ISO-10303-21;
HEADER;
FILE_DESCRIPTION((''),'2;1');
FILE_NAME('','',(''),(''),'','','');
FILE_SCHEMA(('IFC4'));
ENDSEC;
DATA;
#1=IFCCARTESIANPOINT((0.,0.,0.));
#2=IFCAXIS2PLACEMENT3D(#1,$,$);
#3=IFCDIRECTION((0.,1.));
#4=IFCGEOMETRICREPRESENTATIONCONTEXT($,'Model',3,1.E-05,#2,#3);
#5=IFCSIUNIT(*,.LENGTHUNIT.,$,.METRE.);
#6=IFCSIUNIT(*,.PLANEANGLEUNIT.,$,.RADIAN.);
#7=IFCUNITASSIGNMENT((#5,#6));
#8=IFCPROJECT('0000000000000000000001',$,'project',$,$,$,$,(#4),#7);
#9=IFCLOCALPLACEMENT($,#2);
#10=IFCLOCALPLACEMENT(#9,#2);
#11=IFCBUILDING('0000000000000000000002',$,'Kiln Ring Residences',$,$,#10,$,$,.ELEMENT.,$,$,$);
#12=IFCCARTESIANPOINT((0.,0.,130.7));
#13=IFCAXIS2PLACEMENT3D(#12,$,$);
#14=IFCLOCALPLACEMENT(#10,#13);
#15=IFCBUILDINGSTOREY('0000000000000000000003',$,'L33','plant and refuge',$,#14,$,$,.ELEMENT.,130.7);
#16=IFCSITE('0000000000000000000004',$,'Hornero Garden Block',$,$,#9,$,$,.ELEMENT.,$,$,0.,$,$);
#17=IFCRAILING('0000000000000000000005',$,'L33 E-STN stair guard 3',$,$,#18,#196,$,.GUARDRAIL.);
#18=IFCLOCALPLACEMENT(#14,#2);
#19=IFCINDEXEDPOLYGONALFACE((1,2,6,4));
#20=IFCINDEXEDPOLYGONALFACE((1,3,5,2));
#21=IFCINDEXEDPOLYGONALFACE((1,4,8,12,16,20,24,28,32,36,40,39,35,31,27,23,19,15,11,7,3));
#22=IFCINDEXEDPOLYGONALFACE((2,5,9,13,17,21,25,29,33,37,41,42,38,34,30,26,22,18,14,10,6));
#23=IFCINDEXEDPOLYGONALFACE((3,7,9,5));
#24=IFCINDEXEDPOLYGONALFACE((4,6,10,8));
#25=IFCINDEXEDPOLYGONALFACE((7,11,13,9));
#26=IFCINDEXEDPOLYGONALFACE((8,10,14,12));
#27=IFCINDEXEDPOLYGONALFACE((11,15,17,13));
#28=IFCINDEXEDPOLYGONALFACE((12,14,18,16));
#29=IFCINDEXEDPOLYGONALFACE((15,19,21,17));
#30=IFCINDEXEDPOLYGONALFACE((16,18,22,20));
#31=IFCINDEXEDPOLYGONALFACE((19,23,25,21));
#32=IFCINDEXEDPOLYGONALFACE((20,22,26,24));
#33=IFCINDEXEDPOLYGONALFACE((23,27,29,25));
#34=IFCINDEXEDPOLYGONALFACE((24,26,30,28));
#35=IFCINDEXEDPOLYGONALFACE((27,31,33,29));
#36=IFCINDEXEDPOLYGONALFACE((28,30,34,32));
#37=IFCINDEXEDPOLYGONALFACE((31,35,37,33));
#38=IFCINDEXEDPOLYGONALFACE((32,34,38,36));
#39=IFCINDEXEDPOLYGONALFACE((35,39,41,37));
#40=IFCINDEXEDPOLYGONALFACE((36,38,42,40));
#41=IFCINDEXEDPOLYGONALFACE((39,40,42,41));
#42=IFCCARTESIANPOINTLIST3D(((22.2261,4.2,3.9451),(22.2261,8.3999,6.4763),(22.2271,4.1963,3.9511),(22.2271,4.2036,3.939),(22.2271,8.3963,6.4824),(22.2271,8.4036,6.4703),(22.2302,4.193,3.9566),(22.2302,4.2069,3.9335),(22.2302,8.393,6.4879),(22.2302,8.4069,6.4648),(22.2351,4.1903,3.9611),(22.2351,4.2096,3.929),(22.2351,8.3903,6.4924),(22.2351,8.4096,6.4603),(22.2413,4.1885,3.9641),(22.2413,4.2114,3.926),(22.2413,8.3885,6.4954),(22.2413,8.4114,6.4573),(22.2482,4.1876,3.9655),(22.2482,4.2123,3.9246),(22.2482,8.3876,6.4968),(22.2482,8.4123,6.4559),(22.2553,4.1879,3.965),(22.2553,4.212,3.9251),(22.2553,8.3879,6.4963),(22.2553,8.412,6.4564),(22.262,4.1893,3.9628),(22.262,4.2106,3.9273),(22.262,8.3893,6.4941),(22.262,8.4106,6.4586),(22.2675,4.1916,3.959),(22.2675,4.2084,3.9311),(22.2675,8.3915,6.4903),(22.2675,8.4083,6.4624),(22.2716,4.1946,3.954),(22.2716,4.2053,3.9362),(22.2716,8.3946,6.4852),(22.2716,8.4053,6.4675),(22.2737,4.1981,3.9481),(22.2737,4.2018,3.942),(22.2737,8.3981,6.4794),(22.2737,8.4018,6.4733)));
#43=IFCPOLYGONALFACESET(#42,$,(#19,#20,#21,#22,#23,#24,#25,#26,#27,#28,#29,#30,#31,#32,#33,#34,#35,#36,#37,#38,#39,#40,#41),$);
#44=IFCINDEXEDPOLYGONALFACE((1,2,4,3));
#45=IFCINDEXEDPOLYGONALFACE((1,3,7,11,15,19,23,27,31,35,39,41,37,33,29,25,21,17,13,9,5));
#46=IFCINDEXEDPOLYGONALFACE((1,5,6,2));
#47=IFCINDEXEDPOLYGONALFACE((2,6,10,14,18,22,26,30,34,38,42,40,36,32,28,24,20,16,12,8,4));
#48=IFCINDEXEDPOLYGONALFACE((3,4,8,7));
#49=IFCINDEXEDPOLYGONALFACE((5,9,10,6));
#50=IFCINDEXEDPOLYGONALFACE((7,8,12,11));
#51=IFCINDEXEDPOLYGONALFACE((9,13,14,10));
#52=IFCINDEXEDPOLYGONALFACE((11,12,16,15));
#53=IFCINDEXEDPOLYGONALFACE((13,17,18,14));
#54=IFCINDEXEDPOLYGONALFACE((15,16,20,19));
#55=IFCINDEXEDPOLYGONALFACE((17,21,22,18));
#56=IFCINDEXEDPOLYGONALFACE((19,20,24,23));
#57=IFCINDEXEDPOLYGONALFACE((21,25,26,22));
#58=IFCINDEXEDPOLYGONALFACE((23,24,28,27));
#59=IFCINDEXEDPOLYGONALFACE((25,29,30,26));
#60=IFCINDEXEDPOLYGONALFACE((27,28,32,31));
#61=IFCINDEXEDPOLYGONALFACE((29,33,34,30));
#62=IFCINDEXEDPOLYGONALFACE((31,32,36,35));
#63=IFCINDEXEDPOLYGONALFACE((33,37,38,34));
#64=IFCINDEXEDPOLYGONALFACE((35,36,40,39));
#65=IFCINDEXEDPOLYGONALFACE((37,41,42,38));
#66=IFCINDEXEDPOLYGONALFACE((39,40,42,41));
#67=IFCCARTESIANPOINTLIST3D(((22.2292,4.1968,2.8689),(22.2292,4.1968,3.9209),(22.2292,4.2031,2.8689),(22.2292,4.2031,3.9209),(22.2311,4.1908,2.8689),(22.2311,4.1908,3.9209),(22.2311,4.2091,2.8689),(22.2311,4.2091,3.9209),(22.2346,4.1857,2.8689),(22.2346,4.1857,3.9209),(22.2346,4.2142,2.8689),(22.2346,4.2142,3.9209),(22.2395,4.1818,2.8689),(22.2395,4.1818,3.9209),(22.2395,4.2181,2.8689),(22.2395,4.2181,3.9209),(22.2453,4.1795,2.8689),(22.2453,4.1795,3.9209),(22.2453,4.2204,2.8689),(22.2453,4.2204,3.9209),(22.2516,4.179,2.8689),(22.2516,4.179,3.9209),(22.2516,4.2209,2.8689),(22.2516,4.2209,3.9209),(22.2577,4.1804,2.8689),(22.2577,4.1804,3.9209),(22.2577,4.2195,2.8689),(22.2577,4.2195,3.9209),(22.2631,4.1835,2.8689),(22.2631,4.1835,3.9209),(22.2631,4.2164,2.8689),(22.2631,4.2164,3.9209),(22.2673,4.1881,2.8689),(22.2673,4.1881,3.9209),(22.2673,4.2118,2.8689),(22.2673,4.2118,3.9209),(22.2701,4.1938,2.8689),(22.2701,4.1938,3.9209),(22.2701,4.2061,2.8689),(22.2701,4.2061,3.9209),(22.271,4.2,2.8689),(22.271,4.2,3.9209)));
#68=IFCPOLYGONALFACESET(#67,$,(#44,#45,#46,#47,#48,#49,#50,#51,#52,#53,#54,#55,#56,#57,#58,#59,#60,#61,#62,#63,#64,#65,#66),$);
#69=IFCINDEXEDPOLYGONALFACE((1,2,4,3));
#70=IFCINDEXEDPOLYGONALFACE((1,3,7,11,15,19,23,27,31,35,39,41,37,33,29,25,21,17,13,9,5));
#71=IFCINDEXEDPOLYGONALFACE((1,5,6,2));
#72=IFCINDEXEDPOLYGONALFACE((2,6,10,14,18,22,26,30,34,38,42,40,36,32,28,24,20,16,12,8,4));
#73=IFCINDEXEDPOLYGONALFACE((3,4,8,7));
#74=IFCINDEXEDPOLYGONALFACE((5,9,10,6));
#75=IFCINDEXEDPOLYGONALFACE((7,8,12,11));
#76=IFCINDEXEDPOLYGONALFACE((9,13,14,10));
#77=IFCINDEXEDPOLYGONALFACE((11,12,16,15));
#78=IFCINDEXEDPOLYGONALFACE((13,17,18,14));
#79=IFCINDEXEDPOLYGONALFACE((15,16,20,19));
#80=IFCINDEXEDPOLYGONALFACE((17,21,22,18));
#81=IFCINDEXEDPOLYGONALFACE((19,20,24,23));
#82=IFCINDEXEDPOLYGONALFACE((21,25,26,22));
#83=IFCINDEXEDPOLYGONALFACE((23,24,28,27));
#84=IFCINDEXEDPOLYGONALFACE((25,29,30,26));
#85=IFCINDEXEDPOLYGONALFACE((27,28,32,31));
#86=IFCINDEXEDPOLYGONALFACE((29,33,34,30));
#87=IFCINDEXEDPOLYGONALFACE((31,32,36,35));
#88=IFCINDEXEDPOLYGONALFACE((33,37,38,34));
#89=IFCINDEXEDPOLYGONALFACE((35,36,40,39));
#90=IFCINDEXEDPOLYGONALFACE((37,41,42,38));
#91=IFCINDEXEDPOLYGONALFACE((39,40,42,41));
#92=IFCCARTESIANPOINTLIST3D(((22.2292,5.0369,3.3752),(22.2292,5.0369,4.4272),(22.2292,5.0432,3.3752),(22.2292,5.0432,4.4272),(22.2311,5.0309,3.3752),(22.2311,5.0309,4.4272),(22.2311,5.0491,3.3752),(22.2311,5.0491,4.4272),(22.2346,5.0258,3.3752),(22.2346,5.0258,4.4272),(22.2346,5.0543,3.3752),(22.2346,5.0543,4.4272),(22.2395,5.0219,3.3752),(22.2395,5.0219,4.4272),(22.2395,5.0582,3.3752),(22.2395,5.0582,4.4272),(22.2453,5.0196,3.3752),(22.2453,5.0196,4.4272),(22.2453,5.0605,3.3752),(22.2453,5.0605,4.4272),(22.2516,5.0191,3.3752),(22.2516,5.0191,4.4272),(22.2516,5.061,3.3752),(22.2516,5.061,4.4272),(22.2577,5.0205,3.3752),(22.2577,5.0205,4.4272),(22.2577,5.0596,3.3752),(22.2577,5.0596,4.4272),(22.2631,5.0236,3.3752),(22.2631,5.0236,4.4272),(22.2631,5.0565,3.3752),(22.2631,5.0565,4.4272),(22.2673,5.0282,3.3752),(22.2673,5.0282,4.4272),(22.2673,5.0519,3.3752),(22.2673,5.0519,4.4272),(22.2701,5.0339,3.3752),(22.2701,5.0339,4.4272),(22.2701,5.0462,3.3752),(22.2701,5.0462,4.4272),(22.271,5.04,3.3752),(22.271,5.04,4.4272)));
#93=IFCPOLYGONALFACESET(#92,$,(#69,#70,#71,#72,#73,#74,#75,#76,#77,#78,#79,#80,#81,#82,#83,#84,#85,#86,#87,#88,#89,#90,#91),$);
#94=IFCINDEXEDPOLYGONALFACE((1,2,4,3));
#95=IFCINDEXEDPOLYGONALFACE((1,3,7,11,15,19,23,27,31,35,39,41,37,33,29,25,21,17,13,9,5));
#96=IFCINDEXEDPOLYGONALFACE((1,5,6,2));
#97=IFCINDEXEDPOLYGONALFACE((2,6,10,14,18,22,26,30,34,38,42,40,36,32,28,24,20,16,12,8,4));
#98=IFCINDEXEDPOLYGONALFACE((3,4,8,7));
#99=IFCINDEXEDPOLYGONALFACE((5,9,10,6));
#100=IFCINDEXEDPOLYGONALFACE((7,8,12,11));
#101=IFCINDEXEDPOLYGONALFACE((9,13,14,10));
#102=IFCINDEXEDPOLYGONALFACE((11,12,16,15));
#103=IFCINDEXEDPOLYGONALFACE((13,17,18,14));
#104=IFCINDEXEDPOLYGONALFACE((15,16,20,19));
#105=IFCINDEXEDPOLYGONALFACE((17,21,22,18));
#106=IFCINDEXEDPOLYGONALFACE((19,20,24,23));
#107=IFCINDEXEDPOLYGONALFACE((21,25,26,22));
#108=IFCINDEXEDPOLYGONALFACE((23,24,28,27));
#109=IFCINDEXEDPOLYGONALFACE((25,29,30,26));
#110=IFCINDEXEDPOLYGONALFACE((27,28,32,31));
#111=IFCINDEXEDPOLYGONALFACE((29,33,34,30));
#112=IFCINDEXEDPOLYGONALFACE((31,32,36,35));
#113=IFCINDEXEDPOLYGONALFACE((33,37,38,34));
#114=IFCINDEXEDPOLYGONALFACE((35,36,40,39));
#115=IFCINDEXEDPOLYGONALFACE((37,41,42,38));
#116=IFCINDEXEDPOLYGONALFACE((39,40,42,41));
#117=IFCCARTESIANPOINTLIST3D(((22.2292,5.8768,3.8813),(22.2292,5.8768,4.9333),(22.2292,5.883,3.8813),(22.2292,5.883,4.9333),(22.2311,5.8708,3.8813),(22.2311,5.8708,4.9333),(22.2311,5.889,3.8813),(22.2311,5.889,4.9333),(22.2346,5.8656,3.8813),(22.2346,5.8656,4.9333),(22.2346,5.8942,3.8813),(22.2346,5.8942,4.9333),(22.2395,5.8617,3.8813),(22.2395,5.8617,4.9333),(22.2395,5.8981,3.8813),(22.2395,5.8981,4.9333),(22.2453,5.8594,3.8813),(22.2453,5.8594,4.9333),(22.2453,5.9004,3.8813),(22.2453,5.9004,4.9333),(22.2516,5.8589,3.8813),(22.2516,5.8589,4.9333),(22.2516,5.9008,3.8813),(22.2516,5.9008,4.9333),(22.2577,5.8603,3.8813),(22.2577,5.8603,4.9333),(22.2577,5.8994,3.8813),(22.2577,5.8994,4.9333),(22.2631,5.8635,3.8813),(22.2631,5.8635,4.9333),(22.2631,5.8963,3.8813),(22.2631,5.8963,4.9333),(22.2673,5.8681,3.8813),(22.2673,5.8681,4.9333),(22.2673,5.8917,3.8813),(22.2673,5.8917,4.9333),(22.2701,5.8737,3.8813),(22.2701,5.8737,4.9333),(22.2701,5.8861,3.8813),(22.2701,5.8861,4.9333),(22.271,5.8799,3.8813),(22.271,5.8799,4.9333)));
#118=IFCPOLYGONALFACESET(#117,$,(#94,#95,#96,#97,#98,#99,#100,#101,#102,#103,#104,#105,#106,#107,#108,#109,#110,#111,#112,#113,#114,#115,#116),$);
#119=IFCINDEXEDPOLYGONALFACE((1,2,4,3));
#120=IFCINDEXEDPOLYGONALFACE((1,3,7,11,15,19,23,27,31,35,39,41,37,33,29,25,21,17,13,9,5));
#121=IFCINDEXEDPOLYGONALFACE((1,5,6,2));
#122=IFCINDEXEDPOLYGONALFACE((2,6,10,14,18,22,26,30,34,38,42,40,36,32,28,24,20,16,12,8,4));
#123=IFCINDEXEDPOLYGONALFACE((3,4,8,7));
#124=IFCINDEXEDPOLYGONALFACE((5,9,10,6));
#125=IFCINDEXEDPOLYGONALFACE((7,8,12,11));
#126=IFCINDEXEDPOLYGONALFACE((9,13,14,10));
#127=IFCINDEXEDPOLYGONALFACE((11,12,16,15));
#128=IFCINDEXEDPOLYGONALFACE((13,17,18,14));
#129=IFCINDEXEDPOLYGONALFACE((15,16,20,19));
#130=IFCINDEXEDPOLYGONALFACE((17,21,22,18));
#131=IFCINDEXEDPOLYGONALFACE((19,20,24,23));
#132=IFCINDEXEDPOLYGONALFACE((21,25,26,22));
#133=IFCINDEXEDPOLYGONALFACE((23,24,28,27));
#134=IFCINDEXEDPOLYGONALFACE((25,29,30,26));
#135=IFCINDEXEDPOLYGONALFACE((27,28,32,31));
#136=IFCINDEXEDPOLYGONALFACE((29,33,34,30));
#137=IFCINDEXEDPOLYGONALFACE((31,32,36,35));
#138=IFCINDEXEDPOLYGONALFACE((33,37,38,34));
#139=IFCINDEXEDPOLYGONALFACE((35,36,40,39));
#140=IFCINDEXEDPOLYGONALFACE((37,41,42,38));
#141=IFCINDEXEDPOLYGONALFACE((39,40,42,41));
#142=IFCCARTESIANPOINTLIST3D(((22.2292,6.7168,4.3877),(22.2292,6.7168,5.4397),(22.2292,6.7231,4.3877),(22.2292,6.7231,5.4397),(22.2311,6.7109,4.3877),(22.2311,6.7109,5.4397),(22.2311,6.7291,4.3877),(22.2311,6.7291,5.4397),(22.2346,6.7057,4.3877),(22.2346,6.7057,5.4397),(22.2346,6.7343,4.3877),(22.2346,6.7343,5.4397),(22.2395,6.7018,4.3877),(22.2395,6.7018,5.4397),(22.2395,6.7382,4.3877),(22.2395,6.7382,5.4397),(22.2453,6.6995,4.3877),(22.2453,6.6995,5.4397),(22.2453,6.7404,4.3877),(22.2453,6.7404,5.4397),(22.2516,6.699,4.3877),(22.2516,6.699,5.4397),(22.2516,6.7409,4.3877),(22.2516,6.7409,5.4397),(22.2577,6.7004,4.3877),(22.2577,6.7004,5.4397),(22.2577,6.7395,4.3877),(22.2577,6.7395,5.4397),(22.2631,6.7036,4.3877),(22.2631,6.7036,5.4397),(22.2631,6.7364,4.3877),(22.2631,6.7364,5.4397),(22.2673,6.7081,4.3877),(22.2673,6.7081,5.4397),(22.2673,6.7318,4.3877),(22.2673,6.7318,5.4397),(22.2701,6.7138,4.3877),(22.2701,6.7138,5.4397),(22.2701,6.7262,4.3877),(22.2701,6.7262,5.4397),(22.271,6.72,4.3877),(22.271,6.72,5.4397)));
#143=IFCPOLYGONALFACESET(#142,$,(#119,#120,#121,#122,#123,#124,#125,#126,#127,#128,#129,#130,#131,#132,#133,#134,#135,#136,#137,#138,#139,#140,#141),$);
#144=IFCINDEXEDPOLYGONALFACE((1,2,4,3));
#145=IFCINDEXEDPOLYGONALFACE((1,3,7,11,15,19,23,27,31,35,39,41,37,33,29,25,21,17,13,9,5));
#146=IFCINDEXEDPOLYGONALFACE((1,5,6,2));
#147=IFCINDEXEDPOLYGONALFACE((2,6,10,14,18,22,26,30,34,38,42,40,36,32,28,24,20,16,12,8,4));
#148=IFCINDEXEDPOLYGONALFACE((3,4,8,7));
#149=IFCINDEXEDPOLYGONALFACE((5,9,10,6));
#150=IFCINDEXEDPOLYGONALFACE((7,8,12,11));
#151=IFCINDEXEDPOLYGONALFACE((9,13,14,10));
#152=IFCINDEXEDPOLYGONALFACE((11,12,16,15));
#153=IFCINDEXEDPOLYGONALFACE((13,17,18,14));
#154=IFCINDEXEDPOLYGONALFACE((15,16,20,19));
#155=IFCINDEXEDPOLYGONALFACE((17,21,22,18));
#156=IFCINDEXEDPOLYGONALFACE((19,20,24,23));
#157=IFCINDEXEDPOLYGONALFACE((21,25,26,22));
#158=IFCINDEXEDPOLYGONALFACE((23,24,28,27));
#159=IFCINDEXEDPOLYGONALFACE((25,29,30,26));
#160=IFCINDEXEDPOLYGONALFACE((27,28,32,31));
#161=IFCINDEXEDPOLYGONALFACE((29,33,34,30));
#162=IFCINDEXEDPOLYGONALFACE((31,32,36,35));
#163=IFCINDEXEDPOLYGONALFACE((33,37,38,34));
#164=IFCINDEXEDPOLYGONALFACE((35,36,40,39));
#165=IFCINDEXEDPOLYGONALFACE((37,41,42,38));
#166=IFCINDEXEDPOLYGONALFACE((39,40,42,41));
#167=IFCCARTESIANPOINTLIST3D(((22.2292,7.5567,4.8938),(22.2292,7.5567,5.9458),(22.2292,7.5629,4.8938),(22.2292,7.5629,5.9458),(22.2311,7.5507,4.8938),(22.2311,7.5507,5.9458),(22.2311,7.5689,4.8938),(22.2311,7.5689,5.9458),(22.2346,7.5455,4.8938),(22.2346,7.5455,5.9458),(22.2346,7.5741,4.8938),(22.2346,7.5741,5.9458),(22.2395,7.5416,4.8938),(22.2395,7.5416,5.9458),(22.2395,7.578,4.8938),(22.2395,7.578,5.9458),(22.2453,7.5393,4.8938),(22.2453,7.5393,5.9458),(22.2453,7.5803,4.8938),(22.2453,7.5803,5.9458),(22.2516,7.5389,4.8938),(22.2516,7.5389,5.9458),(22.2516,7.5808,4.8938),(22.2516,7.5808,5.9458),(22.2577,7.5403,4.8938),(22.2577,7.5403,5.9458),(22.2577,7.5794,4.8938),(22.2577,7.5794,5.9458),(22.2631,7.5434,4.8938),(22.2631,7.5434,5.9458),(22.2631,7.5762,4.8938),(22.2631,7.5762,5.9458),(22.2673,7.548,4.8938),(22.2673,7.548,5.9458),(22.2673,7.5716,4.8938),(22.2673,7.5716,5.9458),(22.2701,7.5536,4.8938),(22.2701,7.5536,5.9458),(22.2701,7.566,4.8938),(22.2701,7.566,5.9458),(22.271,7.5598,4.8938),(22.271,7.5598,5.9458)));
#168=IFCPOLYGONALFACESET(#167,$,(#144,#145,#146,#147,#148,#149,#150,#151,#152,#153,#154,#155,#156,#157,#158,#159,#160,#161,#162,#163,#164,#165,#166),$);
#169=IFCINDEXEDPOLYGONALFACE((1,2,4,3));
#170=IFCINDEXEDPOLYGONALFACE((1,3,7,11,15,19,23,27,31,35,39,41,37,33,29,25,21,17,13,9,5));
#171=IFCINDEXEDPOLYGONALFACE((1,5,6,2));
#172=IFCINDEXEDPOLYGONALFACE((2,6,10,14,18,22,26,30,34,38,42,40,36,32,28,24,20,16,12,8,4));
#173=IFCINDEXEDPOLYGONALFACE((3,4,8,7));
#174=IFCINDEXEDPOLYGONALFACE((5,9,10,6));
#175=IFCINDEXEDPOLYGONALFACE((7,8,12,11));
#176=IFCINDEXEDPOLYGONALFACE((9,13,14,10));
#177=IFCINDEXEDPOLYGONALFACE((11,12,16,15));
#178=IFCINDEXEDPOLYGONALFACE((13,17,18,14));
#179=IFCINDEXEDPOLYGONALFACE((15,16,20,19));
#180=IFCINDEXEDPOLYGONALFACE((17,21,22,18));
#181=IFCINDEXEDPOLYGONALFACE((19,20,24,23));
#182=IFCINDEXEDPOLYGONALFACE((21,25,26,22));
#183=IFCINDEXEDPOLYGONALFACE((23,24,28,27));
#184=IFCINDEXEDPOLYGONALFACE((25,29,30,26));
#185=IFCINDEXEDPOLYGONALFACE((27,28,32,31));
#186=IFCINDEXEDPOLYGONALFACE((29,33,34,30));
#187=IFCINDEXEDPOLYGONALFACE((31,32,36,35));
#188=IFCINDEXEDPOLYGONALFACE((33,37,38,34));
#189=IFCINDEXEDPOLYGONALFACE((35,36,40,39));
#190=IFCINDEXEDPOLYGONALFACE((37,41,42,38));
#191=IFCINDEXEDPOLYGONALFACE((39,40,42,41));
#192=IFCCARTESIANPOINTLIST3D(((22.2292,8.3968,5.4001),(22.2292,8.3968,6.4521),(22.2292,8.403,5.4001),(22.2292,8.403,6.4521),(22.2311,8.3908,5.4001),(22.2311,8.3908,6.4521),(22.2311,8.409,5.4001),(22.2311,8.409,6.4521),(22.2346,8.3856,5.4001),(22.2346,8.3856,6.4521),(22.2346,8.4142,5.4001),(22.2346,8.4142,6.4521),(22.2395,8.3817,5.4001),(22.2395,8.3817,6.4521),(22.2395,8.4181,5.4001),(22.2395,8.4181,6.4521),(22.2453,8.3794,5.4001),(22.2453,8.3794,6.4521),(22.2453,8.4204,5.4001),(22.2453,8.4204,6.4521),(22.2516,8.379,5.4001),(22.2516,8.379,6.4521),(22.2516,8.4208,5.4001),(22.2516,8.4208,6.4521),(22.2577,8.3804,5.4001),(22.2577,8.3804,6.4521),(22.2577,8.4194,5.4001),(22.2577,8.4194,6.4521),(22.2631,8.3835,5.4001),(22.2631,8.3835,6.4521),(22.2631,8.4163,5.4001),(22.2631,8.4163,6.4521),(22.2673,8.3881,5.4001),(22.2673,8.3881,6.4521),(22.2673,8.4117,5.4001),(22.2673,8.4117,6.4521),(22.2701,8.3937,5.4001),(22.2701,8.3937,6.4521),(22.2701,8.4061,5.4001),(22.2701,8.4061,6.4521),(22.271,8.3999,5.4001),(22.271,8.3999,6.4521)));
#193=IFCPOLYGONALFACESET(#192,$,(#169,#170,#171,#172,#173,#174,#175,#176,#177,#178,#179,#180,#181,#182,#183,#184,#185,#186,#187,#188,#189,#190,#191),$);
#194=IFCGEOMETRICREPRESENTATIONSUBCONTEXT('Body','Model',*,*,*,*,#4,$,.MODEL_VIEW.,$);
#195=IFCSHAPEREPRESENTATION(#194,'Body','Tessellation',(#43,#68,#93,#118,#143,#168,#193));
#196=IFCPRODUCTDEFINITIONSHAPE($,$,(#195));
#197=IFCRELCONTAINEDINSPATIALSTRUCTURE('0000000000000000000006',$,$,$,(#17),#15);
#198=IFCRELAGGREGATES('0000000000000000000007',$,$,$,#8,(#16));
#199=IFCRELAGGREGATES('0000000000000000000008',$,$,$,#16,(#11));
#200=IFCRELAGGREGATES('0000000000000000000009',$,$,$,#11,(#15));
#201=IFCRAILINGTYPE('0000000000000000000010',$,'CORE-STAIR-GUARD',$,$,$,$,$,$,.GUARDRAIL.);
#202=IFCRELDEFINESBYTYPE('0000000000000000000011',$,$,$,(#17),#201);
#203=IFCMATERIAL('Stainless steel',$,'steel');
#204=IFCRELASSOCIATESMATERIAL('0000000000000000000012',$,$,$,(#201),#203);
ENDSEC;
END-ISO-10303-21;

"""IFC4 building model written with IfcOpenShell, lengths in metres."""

from ifc_helpers import new_model, si_unit, direction, frame, origin, origin_2d, place, context, subcontext, project, spatial, circle, extrude, material, type_object, element, save


model = new_model("IFC4")

# Units and contexts
model_context = context("Model", 3, precision=1e-05, world=origin(), true_north=direction((0.0, 1.0)))
body_context = subcontext(model_context, "Body", "Model", "MODEL_VIEW")
ifc_project = project(units=[si_unit("LENGTHUNIT", "METRE"), si_unit("PLANEANGLEUNIT", "RADIAN")], contexts=[model_context])

# Site, building, storey
site_placement = place(None, origin())
site = spatial("IfcSite", under=ifc_project, at=site_placement, Name="Hornero Garden Block", CompositionType="ELEMENT", RefElevation=0.0)
building_placement = place(site_placement, origin())
building = spatial("IfcBuilding", under=site, at=building_placement, Name="Kiln Ring Residences", CompositionType="ELEMENT")
storey_placement = place(building_placement, frame((0.0, 0.0, 130.7)))
storey = spatial("IfcBuildingStorey", under=building, at=storey_placement, Name="L33", Description="plant and refuge", CompositionType="ELEMENT", Elevation=130.7)

# Railing
ifc_material_1 = material(Name="Stainless steel", Category="steel")
railing_type_1 = type_object("IfcRailingType", Name="CORE-STAIR-GUARD", PredefinedType="GUARDRAIL", material=ifc_material_1)
railing_1_placement = place(storey_placement, frame((22.25, 4.2, 2.8689)))
element("IfcRailing", 1, at=railing_1_placement, inside=storey, type_object=railing_type_1, Name="L33 E-STN stair guard 3", PredefinedType="GUARDRAIL", context=body_context, shape_type="SweptSolid", body=[
    extrude(circle(Radius=0.0239, at=origin_2d()), frame((0.0, 0.0, 1.0762), z_axis=(0.0, 0.856476, 0.516186), x_axis=(-1.0, 0.0, 0.0)), (0.0, 0.0, 1.0), 4.9038),
    extrude(circle(Radius=0.021, at=origin_2d()), origin(), (0.0, 0.0, 1.0), 1.052),
    extrude(circle(Radius=0.021, at=origin_2d()), frame((0.0, 0.8401, 0.5063)), (0.0, 0.0, 1.0), 1.052),
    extrude(circle(Radius=0.021, at=origin_2d()), frame((0.0, 1.6799, 1.0125)), (0.0, 0.0, 1.0), 1.052),
    extrude(circle(Radius=0.021, at=origin_2d()), frame((0.0, 2.52, 1.5188)), (0.0, 0.0, 1.0), 1.052),
    extrude(circle(Radius=0.021, at=origin_2d()), frame((0.0, 3.3599, 2.0249)), (0.0, 0.0, 1.0), 1.052),
    extrude(circle(Radius=0.021, at=origin_2d()), frame((0.0, 4.2, 2.5312)), (0.0, 0.0, 1.0), 1.052),
])

save(model, "model.ifc")
